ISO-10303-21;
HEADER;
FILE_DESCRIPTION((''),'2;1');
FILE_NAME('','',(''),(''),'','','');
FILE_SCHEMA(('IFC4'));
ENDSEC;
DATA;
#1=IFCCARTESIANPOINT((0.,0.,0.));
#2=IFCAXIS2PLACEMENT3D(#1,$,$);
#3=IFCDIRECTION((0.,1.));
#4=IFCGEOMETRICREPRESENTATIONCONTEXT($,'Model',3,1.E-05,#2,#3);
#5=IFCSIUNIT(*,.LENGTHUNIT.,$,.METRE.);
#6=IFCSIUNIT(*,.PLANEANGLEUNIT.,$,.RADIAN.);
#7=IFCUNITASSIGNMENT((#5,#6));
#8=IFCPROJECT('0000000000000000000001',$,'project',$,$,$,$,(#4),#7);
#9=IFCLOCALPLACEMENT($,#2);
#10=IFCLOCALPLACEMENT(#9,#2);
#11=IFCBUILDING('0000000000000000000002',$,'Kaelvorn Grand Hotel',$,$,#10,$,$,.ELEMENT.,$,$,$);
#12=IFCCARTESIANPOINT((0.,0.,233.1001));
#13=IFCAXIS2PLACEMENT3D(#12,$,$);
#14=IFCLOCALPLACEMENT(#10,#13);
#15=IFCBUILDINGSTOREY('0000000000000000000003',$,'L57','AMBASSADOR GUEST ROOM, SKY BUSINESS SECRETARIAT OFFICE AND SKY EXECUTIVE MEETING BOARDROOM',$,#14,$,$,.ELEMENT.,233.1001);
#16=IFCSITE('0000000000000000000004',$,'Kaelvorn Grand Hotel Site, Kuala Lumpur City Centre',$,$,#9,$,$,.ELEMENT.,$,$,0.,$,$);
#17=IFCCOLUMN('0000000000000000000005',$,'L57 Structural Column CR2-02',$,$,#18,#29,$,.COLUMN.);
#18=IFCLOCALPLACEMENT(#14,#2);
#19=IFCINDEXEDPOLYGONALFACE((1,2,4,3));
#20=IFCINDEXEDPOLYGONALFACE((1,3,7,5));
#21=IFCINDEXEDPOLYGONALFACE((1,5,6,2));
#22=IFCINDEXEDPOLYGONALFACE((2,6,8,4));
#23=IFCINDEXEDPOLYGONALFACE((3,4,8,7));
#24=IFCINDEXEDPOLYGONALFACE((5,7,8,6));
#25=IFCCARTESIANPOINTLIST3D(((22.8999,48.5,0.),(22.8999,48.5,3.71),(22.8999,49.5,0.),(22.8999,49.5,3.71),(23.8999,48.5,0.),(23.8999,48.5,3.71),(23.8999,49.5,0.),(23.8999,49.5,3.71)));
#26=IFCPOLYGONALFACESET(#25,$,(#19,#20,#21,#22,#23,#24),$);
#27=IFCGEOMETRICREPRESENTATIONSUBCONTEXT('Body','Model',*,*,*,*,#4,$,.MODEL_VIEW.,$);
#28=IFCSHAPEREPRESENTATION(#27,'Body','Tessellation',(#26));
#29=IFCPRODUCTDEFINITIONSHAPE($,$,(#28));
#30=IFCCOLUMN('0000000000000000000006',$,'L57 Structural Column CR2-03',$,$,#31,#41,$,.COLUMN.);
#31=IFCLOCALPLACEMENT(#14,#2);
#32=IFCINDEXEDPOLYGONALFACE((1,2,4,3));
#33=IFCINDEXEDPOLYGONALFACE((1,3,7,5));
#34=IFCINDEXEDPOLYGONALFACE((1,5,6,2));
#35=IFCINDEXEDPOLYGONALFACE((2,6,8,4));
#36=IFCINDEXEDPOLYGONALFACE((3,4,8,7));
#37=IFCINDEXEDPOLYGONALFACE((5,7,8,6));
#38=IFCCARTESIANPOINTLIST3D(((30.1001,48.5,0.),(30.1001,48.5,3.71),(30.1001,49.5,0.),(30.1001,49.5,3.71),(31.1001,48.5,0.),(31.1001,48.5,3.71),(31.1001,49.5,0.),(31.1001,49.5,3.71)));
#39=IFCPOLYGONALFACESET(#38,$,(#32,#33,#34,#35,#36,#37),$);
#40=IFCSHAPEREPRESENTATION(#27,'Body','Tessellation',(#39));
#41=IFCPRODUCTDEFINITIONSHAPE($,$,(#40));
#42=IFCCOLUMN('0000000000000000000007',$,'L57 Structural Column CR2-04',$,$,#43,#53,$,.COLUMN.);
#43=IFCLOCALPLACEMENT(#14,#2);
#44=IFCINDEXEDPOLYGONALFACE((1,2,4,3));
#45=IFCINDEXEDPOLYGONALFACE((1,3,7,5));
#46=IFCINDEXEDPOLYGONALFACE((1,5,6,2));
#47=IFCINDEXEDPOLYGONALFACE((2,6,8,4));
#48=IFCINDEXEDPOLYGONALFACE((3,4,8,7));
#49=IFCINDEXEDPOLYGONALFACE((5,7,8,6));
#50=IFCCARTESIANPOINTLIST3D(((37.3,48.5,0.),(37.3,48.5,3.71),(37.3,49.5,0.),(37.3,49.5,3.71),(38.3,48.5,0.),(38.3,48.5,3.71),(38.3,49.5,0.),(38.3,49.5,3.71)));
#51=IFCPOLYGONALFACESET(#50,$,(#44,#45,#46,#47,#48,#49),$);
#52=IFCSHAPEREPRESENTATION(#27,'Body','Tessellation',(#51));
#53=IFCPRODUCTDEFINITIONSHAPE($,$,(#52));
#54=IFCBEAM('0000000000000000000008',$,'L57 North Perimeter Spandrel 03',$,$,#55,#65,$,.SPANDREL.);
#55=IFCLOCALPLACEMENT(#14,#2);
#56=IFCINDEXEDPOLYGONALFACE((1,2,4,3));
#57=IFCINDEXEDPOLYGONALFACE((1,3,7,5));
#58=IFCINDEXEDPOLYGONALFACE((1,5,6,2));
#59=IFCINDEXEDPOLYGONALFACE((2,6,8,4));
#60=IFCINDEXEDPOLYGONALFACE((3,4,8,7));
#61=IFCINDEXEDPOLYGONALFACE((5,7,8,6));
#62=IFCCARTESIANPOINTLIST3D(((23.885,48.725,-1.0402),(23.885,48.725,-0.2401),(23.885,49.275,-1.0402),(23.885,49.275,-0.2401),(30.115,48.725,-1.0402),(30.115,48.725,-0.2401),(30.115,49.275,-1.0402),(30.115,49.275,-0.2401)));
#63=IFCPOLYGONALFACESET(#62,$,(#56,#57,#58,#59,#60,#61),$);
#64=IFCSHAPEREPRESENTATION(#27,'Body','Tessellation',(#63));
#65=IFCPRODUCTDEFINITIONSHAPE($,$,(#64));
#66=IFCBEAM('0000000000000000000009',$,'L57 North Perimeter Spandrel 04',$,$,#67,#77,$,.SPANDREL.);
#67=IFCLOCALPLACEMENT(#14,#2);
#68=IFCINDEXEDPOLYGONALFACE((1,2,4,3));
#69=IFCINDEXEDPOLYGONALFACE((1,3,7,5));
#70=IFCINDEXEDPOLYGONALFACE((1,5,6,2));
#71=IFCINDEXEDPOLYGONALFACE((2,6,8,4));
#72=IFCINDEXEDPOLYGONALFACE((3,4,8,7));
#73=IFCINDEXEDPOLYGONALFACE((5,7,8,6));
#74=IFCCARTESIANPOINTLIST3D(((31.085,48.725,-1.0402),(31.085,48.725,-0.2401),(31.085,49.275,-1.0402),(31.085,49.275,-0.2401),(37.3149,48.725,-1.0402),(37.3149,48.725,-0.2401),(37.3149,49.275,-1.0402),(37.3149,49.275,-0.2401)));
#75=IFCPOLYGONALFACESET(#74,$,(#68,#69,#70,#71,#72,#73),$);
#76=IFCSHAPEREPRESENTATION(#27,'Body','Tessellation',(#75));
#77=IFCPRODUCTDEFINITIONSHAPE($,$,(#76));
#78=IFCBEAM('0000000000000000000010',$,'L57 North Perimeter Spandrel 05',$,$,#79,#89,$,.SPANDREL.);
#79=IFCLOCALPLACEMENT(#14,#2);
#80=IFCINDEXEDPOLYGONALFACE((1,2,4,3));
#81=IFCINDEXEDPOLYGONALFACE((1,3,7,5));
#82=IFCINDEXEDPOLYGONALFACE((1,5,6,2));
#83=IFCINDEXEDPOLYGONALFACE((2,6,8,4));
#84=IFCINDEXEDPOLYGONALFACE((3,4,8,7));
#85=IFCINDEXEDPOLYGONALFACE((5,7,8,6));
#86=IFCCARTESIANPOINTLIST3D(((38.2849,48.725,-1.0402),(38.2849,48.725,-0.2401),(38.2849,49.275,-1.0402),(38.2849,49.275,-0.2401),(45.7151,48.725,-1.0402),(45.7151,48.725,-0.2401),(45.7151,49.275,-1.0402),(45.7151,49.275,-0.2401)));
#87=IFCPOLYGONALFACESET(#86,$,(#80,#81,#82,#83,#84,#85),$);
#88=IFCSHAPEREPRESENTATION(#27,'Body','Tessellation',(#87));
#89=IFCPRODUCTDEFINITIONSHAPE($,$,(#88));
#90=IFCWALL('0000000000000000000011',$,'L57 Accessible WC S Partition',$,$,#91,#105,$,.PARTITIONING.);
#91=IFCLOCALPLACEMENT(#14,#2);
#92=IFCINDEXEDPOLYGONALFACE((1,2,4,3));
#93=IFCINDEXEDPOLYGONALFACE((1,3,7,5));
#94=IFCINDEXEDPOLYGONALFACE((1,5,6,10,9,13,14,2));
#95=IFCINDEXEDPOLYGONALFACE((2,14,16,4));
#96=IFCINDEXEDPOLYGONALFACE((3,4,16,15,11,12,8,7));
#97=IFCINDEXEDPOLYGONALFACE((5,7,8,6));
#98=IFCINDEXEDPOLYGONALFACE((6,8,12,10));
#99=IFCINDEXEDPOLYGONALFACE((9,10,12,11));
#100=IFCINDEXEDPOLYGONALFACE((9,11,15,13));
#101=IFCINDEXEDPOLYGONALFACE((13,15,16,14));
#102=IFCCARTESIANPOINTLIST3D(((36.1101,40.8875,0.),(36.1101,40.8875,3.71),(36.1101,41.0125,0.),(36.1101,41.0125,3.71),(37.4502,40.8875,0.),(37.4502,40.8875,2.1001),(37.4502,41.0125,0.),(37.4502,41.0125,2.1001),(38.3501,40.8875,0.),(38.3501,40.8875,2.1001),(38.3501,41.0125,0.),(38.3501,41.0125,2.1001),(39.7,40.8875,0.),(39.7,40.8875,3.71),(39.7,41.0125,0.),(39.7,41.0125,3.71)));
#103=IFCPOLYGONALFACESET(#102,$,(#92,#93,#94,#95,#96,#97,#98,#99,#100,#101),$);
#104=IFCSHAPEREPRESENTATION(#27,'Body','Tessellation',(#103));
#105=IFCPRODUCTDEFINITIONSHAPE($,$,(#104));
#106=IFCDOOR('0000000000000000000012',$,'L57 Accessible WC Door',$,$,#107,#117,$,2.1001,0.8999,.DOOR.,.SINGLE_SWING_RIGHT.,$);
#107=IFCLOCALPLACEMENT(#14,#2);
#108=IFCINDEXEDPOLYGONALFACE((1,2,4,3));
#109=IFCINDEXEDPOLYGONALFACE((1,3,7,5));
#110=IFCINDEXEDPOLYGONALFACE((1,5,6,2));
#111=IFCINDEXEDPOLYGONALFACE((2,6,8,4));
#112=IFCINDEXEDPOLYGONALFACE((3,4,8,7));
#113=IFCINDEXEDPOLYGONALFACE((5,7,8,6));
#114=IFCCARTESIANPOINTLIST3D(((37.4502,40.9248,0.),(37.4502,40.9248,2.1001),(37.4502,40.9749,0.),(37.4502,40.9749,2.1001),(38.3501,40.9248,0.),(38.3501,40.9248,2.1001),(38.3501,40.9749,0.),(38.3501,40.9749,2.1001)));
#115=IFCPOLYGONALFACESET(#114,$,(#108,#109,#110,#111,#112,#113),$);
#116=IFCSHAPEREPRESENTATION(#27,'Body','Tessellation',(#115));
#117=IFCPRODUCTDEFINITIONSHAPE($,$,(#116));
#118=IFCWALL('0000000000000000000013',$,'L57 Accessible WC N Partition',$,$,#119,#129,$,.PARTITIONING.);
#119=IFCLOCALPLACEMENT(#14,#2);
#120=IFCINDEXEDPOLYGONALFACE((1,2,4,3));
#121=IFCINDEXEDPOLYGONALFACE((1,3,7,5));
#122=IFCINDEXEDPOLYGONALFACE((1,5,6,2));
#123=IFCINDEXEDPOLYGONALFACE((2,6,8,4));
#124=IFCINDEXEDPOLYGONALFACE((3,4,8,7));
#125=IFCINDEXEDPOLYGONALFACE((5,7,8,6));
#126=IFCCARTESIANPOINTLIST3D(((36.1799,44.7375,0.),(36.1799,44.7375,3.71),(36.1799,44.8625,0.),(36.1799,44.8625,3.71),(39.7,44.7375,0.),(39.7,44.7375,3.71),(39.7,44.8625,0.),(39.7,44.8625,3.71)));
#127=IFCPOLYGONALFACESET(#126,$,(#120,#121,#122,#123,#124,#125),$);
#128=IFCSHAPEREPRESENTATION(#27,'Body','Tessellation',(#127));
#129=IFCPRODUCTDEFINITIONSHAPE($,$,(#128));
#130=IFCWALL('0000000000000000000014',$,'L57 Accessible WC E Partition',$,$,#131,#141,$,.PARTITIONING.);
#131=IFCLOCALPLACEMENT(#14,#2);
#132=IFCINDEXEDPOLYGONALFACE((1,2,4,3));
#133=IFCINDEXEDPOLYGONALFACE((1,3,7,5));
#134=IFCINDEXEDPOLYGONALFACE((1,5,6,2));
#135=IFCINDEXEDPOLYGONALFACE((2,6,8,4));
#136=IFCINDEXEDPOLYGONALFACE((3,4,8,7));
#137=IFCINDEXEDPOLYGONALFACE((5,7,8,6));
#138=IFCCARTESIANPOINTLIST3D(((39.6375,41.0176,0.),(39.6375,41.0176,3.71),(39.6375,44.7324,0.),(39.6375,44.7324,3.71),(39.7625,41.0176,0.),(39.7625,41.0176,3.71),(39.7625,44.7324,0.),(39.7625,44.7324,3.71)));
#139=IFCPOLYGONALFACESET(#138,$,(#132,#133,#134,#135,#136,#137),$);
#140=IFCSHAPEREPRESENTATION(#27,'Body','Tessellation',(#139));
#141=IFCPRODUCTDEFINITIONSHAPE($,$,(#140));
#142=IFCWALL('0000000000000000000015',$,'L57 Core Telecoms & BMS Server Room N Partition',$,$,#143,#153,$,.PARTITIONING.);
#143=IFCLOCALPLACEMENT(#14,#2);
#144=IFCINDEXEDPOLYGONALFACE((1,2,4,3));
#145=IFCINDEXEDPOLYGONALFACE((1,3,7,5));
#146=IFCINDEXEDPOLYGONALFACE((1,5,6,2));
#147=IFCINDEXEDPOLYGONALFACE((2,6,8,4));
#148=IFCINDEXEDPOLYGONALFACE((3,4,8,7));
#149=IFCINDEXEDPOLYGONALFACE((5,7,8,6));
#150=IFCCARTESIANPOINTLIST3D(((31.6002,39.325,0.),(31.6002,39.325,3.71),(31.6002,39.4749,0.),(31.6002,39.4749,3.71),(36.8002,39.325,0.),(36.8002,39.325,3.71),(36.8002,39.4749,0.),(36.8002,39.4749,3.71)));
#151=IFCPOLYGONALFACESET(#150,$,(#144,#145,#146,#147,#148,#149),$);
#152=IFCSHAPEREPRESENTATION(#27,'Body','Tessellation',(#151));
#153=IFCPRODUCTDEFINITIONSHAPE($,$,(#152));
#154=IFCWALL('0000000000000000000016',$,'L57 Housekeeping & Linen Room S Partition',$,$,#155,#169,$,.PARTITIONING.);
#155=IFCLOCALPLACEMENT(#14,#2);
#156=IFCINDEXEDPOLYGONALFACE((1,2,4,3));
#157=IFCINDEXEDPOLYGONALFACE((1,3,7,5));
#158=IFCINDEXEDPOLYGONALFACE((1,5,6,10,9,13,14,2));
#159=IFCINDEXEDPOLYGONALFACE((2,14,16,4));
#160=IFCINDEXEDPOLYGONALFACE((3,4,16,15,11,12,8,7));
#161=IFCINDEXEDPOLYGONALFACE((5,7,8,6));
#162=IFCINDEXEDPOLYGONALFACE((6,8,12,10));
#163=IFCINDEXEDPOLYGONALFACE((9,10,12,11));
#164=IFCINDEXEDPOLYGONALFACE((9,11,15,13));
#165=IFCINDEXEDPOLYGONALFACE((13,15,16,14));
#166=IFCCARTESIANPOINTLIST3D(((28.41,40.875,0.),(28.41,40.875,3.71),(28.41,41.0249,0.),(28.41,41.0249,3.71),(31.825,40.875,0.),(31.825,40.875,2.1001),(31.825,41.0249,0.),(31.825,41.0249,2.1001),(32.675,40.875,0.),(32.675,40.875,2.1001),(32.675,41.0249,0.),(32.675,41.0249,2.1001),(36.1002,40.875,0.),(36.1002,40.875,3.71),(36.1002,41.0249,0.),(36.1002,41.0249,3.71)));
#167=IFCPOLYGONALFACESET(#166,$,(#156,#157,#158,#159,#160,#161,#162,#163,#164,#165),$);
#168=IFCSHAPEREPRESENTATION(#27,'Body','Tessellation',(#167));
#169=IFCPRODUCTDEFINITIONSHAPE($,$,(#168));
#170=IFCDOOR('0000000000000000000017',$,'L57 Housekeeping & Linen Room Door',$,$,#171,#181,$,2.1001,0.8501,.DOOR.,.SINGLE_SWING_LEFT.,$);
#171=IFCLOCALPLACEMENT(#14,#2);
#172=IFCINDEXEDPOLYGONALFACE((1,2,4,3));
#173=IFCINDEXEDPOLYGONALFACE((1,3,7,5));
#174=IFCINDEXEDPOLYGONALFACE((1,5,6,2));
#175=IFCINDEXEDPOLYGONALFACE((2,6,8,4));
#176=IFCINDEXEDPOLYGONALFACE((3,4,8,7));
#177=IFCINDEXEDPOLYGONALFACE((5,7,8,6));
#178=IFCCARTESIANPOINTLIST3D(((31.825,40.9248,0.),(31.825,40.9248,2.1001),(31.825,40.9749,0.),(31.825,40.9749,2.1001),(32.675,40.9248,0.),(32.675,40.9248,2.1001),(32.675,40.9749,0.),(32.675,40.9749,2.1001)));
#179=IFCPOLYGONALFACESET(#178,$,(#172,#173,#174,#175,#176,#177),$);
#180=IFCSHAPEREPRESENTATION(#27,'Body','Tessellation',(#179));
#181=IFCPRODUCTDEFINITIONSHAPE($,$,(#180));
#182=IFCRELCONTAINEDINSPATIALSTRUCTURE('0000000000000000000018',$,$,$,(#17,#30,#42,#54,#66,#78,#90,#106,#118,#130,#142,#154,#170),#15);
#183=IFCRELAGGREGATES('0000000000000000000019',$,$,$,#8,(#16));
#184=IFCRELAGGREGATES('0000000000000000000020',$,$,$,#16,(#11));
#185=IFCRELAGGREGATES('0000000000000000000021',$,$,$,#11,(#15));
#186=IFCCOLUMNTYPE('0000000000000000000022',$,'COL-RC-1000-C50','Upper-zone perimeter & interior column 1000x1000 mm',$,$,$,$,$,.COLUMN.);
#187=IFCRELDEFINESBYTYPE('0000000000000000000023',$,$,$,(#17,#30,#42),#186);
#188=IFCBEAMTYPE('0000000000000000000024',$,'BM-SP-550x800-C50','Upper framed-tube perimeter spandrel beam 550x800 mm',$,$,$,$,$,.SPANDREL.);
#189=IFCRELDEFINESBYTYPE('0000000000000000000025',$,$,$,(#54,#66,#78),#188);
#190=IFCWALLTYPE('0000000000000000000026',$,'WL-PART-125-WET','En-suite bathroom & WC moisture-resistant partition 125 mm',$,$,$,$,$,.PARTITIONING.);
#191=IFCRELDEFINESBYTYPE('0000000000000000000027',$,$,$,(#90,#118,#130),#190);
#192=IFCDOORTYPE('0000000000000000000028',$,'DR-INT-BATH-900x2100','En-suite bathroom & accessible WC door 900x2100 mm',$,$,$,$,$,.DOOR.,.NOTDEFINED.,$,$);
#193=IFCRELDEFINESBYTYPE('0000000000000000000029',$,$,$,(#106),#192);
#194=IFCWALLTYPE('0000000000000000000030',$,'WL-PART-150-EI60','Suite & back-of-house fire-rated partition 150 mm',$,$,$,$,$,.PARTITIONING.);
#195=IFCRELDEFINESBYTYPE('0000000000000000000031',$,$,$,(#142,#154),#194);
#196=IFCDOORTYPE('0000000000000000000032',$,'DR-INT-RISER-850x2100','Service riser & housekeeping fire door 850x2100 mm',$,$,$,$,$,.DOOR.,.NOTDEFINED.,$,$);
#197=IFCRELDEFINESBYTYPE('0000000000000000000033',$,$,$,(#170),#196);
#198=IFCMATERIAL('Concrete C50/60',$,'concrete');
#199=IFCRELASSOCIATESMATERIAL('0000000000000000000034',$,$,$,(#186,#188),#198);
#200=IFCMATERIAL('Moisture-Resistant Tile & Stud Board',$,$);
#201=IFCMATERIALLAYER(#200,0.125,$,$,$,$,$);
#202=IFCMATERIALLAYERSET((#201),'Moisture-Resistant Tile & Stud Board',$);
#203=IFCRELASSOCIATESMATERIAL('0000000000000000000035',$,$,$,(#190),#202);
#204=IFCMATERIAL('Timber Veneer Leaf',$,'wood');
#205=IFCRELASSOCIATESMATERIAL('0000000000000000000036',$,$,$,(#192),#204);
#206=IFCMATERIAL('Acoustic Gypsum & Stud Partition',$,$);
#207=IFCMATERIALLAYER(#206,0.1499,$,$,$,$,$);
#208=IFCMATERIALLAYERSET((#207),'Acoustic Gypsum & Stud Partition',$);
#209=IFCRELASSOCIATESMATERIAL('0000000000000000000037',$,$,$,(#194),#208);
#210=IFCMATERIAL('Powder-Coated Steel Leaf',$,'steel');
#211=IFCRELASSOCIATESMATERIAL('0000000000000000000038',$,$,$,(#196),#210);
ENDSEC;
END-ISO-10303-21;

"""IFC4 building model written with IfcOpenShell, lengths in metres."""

from ifc_helpers import new_model, si_unit, direction, frame, frame_2d, origin, origin_2d, place, context, subcontext, project, spatial, rectangle, extrude, material, layer, layer_set, material_profile, profile_set, type_object, element, fill, save


model = new_model("IFC4")

# Units and contexts
model_context = context("Model", 3, precision=1e-05, world=origin(), true_north=direction((0.0, 1.0)))
body_context = subcontext(model_context, "Body", "Model", "MODEL_VIEW")
ifc_project = project(units=[si_unit("LENGTHUNIT", "METRE"), si_unit("PLANEANGLEUNIT", "RADIAN")], contexts=[model_context])

# Site, building, storey
site_placement = place(None, origin())
site = spatial("IfcSite", under=ifc_project, at=site_placement, Name="Kaelvorn Grand Hotel Site, Kuala Lumpur City Centre", CompositionType="ELEMENT", RefElevation=0.0)
building_placement = place(site_placement, origin())
building = spatial("IfcBuilding", under=site, at=building_placement, Name="Kaelvorn Grand Hotel", CompositionType="ELEMENT")
storey_placement = place(building_placement, frame((0.0, 0.0, 233.1001)))
storey = spatial("IfcBuildingStorey", under=building, at=storey_placement, Name="L57", Description="AMBASSADOR GUEST ROOM, SKY BUSINESS SECRETARIAT OFFICE AND SKY EXECUTIVE MEETING BOARDROOM", CompositionType="ELEMENT", Elevation=233.1001)

# Columns
ifc_material_1 = material(Name="Concrete C50/60", Category="concrete")
ifc_material_profile_1 = material_profile(ifc_material_1, rectangle(XDim=1.0, YDim=1.0, at=origin_2d()), Name="RC COL 1000x1000")
ifc_profile_set_1 = profile_set([ifc_material_profile_1], Name="Concrete C50/60")
column_type = type_object("IfcColumnType", Name="COL-RC-1000-C50", Description="Upper-zone perimeter & interior column 1000x1000 mm", PredefinedType="COLUMN", material=ifc_profile_set_1)
for number, where, z_axis, x_axis, name in (
    (1, (23.3999, 49.0, 0.0), (0.0, 0.0, 1.0), (1.0, 0.0, 0.0), "L57 Structural Column CR2-02"),
    (2, (30.6001, 49.0, 0.0), (0.0, 0.0, 1.0), (1.0, 0.0, 0.0), "L57 Structural Column CR2-03"),
    (3, (37.8, 49.0, 0.0), (0.0, 0.0, 1.0), (1.0, 0.0, 0.0), "L57 Structural Column CR2-04"),
):
    element("IfcColumn", number, at=place(storey_placement, frame(where, z_axis=z_axis, x_axis=x_axis)), inside=storey, type_object=column_type, Name=name, PredefinedType="COLUMN", context=body_context, shape_type="SweptSolid", body=[
        extrude(rectangle(XDim=1.0, YDim=1.0, at=origin_2d()), origin(), (0.0, 0.0, 1.0), 3.71),
    ])

# Beams
ifc_material_profile_2 = material_profile(ifc_material_1, rectangle(XDim=0.55, YDim=0.8, at=origin_2d()), Name="RC SPANDREL 550x800")
ifc_profile_set_2 = profile_set([ifc_material_profile_2], Name="Concrete C50/60")
beam_type = type_object("IfcBeamType", Name="BM-SP-550x800-C50", Description="Upper framed-tube perimeter spandrel beam 550x800 mm", PredefinedType="SPANDREL", material=ifc_profile_set_2)
for number, where, z_axis, x_axis, name in (
    (4, (23.885, 49.0, -0.6401), (1.0, 0.0, 0.0), (0.0, 1.0, 0.0), "L57 North Perimeter Spandrel 03"),
    (5, (31.085, 49.0, -0.6401), (1.0, 0.0, 0.0), (0.0, 1.0, 0.0), "L57 North Perimeter Spandrel 04"),
):
    element("IfcBeam", number, at=place(storey_placement, frame(where, z_axis=z_axis, x_axis=x_axis)), inside=storey, type_object=beam_type, Name=name, PredefinedType="SPANDREL", context=body_context, shape_type="SweptSolid", body=[
        extrude(rectangle(XDim=0.55, YDim=0.8, at=origin_2d()), origin(), (0.0, 0.0, 1.0), 6.23),
    ])
beam_placement = place(storey_placement, frame((38.2849, 49.0, -0.6401), z_axis=(1.0, 0.0, 0.0), x_axis=(0.0, 1.0, 0.0)))
element("IfcBeam", 6, at=beam_placement, inside=storey, type_object=beam_type, Name="L57 North Perimeter Spandrel 05", PredefinedType="SPANDREL", context=body_context, shape_type="SweptSolid", body=[
    extrude(rectangle(XDim=0.55, YDim=0.8, at=origin_2d()), origin(), (0.0, 0.0, 1.0), 7.4302),
])

# Wall, opening, door
ifc_material_2 = material(Name="Moisture-Resistant Tile & Stud Board")
ifc_layer_1 = layer(ifc_material_2, 0.125)
ifc_layer_set_1 = layer_set([ifc_layer_1], Name="Moisture-Resistant Tile & Stud Board")
wall_type_1 = type_object("IfcWallType", Name="WL-PART-125-WET", Description="En-suite bathroom & WC moisture-resistant partition 125 mm", PredefinedType="PARTITIONING", material=ifc_layer_set_1)
wall_1_placement = place(storey_placement, frame((36.1101, 40.95, 0.0), z_axis=(0.0, 0.0, 1.0), x_axis=(1.0, 0.0, 0.0)))
wall_1 = element("IfcWall", 7, at=wall_1_placement, inside=storey, type_object=wall_type_1, Name="L57 Accessible WC S Partition", PredefinedType="PARTITIONING", context=body_context, shape_type="SweptSolid", body=[
    extrude(rectangle(XDim=3.5898, YDim=0.125, at=frame_2d((1.7949, 0.0))), origin(), (0.0, 0.0, 1.0), 3.71),
])
opening_1_placement = place(wall_1_placement, frame((1.3401, 0.0, 0.0)))
opening_1 = element("IfcOpeningElement", 8, at=opening_1_placement, cuts=wall_1, PredefinedType="OPENING", context=body_context, shape_type="SweptSolid", body=[
    extrude(rectangle(XDim=0.8999, YDim=2.1001, at=frame_2d((0.45, 1.05))), frame((0.0, 0.0725, 0.0), z_axis=(0.0, -1.0, 0.0), x_axis=(1.0, 0.0, 0.0)), (0.0, 0.0, 1.0), 0.145),
])
ifc_material_3 = material(Name="Timber Veneer Leaf", Category="wood")
door_type_1 = type_object("IfcDoorType", Name="DR-INT-BATH-900x2100", Description="En-suite bathroom & accessible WC door 900x2100 mm", OperationType="NOTDEFINED", PredefinedType="DOOR", material=ifc_material_3)
door_1_placement = place(opening_1_placement, origin())
door_1 = element("IfcDoor", 9, at=door_1_placement, inside=storey, type_object=door_type_1, Name="L57 Accessible WC Door", OperationType="SINGLE_SWING_RIGHT", OverallHeight=2.1001, OverallWidth=0.8999, PredefinedType="DOOR", context=body_context, shape_type="SweptSolid", body=[
    extrude(rectangle(XDim=0.8999, YDim=2.1001, at=frame_2d((0.45, 1.05))), frame((0.0, 0.0249, 0.0), z_axis=(0.0, -1.0, 0.0), x_axis=(1.0, 0.0, 0.0)), (0.0, 0.0, 1.0), 0.05),
])
fill(opening_1, door_1)

# Walls
wall_2_placement = place(storey_placement, frame((36.1799, 44.8, 0.0), z_axis=(0.0, 0.0, 1.0), x_axis=(1.0, 0.0, 0.0)))
element("IfcWall", 10, at=wall_2_placement, inside=storey, type_object=wall_type_1, Name="L57 Accessible WC N Partition", PredefinedType="PARTITIONING", context=body_context, shape_type="SweptSolid", body=[
    extrude(rectangle(XDim=3.52, YDim=0.125, at=frame_2d((1.76, 0.0))), origin(), (0.0, 0.0, 1.0), 3.71),
])
wall_3_placement = place(storey_placement, frame((39.7, 41.0176, 0.0), z_axis=(0.0, 0.0, 1.0), x_axis=(0.0, 1.0, 0.0)))
element("IfcWall", 11, at=wall_3_placement, inside=storey, type_object=wall_type_1, Name="L57 Accessible WC E Partition", PredefinedType="PARTITIONING", context=body_context, shape_type="SweptSolid", body=[
    extrude(rectangle(XDim=3.7148, YDim=0.125, at=frame_2d((1.8574, 0.0))), origin(), (0.0, 0.0, 1.0), 3.71),
])
ifc_material_4 = material(Name="Acoustic Gypsum & Stud Partition")
ifc_layer_2 = layer(ifc_material_4, 0.1499)
ifc_layer_set_2 = layer_set([ifc_layer_2], Name="Acoustic Gypsum & Stud Partition")
wall_type_2 = type_object("IfcWallType", Name="WL-PART-150-EI60", Description="Suite & back-of-house fire-rated partition 150 mm", PredefinedType="PARTITIONING", material=ifc_layer_set_2)
wall_4_placement = place(storey_placement, frame((31.6001, 39.3999, 0.0), z_axis=(0.0, 0.0, 1.0), x_axis=(1.0, 0.0, 0.0)))
element("IfcWall", 12, at=wall_4_placement, inside=storey, type_object=wall_type_2, Name="L57 Core Telecoms & BMS Server Room N Partition", PredefinedType="PARTITIONING", context=body_context, shape_type="SweptSolid", body=[
    extrude(rectangle(XDim=5.2, YDim=0.1499, at=frame_2d((2.6001, 0.0))), origin(), (0.0, 0.0, 1.0), 3.71),
])

# Wall, opening, door
wall_5_placement = place(storey_placement, frame((28.4099, 40.95, 0.0), z_axis=(0.0, 0.0, 1.0), x_axis=(1.0, 0.0, 0.0)))
wall_5 = element("IfcWall", 13, at=wall_5_placement, inside=storey, type_object=wall_type_2, Name="L57 Housekeeping & Linen Room S Partition", PredefinedType="PARTITIONING", context=body_context, shape_type="SweptSolid", body=[
    extrude(rectangle(XDim=7.6902, YDim=0.1499, at=frame_2d((3.8452, 0.0))), origin(), (0.0, 0.0, 1.0), 3.71),
])
opening_2_placement = place(wall_5_placement, frame((3.415, 0.0, 0.0)))
opening_2 = element("IfcOpeningElement", 14, at=opening_2_placement, cuts=wall_5, PredefinedType="OPENING", context=body_context, shape_type="SweptSolid", body=[
    extrude(rectangle(XDim=0.8501, YDim=2.1001, at=frame_2d((0.425, 1.05))), frame((0.0, 0.085, 0.0), z_axis=(0.0, -1.0, 0.0), x_axis=(1.0, 0.0, 0.0)), (0.0, 0.0, 1.0), 0.1699),
])
ifc_material_5 = material(Name="Powder-Coated Steel Leaf", Category="steel")
door_type_2 = type_object("IfcDoorType", Name="DR-INT-RISER-850x2100", Description="Service riser & housekeeping fire door 850x2100 mm", OperationType="NOTDEFINED", PredefinedType="DOOR", material=ifc_material_5)
door_2_placement = place(opening_2_placement, origin())
door_2 = element("IfcDoor", 15, at=door_2_placement, inside=storey, type_object=door_type_2, Name="L57 Housekeeping & Linen Room Door", OperationType="SINGLE_SWING_LEFT", OverallHeight=2.1001, OverallWidth=0.8501, PredefinedType="DOOR", context=body_context, shape_type="SweptSolid", body=[
    extrude(rectangle(XDim=0.8501, YDim=2.1001, at=frame_2d((0.425, 1.05))), frame((0.0, 0.0249, 0.0), z_axis=(0.0, -1.0, 0.0), x_axis=(1.0, 0.0, 0.0)), (0.0, 0.0, 1.0), 0.05),
])
fill(opening_2, door_2)

save(model, "model.ifc")
